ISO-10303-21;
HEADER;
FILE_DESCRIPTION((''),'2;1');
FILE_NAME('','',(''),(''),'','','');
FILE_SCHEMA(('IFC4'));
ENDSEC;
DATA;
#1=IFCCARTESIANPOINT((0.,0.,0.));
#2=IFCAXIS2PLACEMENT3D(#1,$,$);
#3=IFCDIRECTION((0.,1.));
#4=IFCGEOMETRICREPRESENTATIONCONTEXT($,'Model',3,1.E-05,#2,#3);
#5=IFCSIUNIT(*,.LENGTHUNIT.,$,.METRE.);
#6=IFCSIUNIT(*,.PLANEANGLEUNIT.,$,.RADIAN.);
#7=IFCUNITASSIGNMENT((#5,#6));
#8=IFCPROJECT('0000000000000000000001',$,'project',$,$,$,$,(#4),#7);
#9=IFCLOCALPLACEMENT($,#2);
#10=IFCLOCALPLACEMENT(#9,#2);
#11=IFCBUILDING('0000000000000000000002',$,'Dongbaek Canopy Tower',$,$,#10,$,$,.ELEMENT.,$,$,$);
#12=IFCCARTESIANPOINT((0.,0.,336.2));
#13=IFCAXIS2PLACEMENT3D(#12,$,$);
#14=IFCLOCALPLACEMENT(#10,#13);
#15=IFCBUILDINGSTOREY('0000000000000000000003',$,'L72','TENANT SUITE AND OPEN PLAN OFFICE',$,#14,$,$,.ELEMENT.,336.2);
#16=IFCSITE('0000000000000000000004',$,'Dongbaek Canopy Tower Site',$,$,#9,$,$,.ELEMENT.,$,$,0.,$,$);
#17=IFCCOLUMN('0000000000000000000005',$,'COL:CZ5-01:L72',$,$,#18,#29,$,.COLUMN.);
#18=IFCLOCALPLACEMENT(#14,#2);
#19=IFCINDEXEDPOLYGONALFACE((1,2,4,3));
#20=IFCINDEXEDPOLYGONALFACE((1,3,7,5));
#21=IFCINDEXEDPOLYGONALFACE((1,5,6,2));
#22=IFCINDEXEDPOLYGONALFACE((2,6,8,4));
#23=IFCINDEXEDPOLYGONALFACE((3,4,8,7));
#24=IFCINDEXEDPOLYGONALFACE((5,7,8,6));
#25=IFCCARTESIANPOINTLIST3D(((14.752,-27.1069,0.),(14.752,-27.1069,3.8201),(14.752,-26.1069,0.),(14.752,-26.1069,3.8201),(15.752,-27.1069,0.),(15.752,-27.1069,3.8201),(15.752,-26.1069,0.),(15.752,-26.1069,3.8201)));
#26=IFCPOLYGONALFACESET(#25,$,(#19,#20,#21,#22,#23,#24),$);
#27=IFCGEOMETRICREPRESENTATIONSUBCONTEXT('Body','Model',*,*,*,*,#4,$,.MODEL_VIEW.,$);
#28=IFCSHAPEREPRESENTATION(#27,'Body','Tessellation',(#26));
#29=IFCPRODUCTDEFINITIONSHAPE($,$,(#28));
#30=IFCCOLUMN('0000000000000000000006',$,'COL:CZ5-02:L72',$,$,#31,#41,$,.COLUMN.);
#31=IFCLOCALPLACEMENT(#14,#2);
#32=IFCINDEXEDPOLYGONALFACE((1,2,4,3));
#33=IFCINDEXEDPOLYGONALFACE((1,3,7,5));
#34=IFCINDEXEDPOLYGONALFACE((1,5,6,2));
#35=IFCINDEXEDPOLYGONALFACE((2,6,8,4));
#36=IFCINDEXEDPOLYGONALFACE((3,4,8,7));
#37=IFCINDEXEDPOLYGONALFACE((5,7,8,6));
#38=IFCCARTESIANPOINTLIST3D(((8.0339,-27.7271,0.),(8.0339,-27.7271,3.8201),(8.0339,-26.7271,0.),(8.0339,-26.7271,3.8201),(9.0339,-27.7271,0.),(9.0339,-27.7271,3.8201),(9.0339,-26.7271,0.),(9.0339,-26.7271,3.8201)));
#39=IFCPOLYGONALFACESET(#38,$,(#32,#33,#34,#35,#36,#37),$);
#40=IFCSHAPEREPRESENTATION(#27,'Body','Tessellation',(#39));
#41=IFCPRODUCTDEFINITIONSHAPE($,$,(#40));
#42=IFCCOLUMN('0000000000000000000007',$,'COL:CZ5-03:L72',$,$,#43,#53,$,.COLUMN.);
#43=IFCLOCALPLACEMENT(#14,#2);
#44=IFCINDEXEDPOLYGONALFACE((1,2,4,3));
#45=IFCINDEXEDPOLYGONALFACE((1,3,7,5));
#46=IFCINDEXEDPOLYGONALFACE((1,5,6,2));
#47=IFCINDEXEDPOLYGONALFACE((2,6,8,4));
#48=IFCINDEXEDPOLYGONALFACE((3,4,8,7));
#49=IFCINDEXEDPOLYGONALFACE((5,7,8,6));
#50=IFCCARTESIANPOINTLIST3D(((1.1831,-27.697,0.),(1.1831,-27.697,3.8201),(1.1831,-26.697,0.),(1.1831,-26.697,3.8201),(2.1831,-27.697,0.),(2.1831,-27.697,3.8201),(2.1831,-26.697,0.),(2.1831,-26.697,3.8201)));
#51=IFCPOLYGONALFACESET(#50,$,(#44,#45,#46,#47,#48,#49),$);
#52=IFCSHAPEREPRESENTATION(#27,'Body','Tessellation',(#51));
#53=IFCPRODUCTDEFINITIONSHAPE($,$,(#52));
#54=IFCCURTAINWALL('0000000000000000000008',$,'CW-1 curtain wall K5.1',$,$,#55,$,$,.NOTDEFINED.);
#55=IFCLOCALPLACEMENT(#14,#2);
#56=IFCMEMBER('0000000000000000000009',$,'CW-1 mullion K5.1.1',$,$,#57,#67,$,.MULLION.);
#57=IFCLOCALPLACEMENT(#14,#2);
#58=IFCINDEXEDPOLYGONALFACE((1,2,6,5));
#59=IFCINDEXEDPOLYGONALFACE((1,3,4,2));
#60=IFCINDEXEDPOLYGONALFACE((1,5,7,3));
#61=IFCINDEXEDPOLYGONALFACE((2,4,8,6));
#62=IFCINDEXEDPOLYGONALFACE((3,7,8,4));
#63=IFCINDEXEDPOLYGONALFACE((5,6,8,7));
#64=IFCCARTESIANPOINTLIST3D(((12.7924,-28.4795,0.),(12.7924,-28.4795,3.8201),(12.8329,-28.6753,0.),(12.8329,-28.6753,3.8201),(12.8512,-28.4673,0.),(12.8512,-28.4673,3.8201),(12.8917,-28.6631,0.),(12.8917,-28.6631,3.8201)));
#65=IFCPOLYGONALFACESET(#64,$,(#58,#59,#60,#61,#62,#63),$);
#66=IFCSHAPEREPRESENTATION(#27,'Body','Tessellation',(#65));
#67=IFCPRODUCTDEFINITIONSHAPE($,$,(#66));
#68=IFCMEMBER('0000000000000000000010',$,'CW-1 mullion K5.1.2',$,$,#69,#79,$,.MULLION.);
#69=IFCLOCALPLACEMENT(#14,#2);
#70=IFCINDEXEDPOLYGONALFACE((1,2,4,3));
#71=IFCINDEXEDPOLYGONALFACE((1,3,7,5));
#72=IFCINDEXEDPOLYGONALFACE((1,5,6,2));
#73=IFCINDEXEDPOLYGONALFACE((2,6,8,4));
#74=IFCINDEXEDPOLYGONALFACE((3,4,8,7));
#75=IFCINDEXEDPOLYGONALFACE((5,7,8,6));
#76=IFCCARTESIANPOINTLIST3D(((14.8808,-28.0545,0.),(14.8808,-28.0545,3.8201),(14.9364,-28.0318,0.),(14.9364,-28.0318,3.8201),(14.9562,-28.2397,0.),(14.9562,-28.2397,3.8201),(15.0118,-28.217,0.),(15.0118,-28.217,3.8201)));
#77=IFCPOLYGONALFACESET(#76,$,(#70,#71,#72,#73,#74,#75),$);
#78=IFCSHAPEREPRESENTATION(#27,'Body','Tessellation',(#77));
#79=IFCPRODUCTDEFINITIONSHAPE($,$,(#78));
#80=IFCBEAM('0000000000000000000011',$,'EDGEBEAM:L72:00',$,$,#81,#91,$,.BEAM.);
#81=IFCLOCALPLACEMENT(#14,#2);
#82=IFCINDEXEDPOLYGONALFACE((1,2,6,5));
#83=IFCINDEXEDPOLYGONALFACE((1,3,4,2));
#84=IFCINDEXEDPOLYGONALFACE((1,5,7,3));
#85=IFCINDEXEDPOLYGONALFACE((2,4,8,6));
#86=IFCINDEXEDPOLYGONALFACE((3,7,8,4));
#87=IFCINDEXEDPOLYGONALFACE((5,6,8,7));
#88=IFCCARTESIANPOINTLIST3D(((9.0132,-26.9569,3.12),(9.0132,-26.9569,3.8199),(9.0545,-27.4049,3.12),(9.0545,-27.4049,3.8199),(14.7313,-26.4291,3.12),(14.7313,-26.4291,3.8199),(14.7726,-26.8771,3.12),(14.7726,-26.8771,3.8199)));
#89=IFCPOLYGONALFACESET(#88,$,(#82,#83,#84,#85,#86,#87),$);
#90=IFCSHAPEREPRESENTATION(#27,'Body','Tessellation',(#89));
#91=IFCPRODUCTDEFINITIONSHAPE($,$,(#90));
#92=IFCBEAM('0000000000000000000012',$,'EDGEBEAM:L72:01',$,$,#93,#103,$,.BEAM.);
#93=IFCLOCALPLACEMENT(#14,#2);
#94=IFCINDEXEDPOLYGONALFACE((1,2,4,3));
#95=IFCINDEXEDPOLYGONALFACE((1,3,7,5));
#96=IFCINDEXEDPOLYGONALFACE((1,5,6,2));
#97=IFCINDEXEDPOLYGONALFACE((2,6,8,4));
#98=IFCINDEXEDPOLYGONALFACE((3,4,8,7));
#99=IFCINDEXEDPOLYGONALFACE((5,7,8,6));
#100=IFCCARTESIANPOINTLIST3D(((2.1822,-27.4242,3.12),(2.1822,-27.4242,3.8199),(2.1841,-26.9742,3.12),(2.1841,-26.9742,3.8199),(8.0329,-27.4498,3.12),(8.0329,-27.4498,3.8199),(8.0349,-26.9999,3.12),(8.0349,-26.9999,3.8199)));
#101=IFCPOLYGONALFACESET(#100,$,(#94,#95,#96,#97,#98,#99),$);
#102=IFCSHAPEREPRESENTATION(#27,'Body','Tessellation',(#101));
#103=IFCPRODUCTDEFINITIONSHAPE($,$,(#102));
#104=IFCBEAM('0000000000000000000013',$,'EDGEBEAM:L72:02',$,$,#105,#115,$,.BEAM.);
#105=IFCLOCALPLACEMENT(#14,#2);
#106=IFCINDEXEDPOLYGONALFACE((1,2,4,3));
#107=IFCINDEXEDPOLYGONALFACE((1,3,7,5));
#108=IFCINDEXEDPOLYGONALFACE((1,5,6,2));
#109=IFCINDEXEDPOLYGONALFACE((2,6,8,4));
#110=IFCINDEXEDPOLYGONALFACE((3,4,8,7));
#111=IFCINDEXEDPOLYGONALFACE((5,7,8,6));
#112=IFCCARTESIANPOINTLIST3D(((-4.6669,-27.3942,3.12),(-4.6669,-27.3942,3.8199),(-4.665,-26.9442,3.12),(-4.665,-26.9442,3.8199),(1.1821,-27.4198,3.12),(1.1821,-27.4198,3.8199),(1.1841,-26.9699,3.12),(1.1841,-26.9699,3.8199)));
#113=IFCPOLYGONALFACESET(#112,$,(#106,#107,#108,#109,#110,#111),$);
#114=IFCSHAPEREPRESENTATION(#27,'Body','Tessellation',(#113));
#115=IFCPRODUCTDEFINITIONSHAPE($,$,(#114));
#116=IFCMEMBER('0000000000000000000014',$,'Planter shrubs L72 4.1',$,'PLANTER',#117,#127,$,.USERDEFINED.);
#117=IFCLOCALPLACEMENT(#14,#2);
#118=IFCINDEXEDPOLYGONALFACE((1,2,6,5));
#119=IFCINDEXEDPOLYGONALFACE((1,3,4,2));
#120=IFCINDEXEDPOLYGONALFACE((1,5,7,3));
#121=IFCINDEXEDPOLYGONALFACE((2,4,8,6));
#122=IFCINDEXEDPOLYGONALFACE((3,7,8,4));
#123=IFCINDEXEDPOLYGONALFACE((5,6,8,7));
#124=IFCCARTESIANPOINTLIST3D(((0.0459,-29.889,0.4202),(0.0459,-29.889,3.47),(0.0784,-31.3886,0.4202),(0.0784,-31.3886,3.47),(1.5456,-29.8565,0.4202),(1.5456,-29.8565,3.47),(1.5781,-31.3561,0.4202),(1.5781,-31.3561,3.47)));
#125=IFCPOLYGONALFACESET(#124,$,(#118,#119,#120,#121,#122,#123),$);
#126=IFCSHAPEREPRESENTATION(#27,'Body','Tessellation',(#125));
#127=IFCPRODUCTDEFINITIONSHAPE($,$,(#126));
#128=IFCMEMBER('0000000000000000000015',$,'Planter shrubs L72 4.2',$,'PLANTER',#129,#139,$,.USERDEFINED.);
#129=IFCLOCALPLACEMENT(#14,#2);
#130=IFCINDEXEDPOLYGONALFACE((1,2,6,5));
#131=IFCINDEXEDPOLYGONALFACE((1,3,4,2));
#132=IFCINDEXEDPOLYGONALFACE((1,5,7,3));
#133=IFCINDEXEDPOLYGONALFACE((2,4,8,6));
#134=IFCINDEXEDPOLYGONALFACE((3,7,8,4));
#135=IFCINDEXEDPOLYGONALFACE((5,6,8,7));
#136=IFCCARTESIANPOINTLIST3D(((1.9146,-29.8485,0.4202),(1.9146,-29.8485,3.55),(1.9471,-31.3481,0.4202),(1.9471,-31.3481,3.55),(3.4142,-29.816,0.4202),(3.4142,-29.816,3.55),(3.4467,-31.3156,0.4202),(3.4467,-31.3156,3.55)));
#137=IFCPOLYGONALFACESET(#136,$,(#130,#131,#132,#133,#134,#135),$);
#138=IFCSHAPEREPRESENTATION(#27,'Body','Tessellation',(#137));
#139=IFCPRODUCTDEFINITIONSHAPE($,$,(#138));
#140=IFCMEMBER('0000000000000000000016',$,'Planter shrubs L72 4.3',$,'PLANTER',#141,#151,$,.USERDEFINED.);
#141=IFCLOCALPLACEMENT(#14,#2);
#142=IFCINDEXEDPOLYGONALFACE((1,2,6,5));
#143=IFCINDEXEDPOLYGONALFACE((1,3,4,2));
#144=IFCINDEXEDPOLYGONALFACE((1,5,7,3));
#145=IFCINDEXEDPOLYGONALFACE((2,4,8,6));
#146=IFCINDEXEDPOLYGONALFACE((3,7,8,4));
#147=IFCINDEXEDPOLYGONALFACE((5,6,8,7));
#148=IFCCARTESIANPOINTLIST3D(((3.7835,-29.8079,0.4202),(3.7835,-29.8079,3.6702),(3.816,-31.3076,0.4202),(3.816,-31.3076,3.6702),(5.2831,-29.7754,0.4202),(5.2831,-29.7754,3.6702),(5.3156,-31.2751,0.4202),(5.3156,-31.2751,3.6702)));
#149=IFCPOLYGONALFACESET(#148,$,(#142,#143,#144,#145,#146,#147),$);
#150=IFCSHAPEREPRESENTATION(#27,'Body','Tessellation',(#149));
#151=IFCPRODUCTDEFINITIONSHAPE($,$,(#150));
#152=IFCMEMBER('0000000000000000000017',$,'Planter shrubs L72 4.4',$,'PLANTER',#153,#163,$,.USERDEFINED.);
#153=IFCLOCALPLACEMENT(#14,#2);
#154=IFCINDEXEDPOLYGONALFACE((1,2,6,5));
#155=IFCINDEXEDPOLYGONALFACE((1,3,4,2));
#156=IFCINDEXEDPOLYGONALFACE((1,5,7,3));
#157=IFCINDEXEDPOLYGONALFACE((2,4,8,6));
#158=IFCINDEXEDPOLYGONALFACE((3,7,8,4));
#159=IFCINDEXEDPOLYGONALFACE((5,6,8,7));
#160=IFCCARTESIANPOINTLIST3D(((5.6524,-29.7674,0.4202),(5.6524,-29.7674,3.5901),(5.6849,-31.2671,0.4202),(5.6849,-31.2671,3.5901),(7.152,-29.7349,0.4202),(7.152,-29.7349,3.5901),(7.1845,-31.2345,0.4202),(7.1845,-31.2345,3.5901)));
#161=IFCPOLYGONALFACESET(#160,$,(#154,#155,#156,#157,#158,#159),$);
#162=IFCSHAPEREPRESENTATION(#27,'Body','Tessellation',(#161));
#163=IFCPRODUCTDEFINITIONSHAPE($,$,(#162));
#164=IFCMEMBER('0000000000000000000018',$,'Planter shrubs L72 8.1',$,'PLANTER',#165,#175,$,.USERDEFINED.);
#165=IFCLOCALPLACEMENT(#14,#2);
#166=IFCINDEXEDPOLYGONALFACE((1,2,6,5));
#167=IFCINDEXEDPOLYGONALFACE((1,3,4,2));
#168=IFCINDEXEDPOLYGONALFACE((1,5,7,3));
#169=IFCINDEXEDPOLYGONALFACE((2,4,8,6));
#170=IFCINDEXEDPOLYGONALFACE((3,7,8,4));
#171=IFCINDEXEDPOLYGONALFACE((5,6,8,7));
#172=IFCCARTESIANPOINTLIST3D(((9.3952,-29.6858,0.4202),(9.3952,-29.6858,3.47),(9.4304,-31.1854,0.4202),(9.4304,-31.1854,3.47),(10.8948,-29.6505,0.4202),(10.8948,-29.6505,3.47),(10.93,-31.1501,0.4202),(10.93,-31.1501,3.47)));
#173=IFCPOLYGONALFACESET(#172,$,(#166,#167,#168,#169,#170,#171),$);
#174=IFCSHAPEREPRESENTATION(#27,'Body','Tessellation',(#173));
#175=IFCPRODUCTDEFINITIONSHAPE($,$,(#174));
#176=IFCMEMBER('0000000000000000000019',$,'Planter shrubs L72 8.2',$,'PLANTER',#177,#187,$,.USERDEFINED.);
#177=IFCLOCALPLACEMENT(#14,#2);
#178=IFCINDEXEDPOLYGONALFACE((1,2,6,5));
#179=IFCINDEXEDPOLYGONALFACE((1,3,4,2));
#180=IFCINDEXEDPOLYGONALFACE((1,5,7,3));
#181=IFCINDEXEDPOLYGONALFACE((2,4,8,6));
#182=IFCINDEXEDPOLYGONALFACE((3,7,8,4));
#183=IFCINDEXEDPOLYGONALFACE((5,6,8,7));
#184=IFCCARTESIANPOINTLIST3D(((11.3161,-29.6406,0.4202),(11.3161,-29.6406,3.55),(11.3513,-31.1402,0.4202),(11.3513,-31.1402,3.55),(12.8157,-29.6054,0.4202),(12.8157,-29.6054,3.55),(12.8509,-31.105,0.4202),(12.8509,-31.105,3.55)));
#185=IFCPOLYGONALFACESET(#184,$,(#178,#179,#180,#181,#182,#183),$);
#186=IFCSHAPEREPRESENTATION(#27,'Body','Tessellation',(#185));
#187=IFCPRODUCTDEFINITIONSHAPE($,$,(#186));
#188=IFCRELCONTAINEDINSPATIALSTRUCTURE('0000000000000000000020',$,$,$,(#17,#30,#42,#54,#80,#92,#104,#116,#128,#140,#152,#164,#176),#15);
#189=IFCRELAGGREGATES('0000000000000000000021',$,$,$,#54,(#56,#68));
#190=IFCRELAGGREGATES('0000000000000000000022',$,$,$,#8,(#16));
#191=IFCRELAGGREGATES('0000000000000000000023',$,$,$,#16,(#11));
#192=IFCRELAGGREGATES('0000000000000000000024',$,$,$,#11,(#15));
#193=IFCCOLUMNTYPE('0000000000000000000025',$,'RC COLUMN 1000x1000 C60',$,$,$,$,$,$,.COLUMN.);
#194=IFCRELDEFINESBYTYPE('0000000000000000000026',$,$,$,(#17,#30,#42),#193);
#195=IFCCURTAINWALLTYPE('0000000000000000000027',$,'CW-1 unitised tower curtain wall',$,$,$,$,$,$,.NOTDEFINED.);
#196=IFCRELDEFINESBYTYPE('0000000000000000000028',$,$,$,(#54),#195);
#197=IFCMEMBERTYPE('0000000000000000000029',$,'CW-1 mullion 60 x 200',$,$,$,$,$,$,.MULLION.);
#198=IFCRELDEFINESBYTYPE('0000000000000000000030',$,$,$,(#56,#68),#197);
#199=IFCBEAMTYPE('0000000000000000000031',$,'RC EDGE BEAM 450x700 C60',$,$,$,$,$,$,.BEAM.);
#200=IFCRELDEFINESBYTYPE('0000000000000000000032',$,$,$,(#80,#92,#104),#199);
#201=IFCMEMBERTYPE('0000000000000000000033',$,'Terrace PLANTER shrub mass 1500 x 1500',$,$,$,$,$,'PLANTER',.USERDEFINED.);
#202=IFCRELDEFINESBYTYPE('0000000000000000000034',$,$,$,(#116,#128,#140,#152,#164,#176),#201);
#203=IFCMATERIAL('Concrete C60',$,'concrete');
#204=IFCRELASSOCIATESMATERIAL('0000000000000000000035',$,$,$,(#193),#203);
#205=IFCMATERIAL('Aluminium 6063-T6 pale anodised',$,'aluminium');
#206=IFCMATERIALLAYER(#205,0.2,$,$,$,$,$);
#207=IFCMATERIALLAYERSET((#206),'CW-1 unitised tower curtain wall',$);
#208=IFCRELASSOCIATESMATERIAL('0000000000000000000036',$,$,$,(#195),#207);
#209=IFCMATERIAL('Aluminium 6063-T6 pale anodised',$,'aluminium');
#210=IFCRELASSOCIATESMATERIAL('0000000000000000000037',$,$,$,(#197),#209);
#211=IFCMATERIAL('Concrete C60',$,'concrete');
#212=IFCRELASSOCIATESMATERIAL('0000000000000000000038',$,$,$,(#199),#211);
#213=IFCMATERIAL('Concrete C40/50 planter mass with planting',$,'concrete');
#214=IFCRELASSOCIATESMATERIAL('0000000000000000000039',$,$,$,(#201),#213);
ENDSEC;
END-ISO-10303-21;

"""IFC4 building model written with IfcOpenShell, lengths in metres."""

from ifc_helpers import new_model, si_unit, direction, frame, origin, origin_2d, place, context, subcontext, project, spatial, rectangle, extrude, material, layer, layer_set, material_profile, profile_set, type_object, element, aggregate, save


model = new_model("IFC4")

# Units and contexts
model_context = context("Model", 3, precision=1e-05, world=origin(), true_north=direction((0.0, 1.0)))
body_context = subcontext(model_context, "Body", "Model", "MODEL_VIEW")
ifc_project = project(units=[si_unit("LENGTHUNIT", "METRE"), si_unit("PLANEANGLEUNIT", "RADIAN")], contexts=[model_context])

# Site, building, storey
site_placement = place(None, origin())
site = spatial("IfcSite", under=ifc_project, at=site_placement, Name="Dongbaek Canopy Tower Site", CompositionType="ELEMENT", RefElevation=0.0)
building_placement = place(site_placement, origin())
building = spatial("IfcBuilding", under=site, at=building_placement, Name="Dongbaek Canopy Tower", CompositionType="ELEMENT")
storey_placement = place(building_placement, frame((0.0, 0.0, 336.2)))
storey = spatial("IfcBuildingStorey", under=building, at=storey_placement, Name="L72", Description="TENANT SUITE AND OPEN PLAN OFFICE", CompositionType="ELEMENT", Elevation=336.2)

# Columns
ifc_material_1 = material(Name="Concrete C60", Category="concrete")
ifc_material_profile_1 = material_profile(ifc_material_1, rectangle(XDim=1.0, YDim=1.0, at=origin_2d()), Name="RC COLUMN 1000x1000 C60")
ifc_profile_set_1 = profile_set([ifc_material_profile_1], Name="Concrete C60")
column_type = type_object("IfcColumnType", Name="RC COLUMN 1000x1000 C60", PredefinedType="COLUMN", material=ifc_profile_set_1)
for number, where, z_axis, x_axis, name in (
    (1, (15.252, -26.6069, 0.0), (0.0, 0.0, 1.0), (1.0, 0.0, 0.0), "COL:CZ5-01:L72"),
    (2, (8.5339, -27.2271, 0.0), (0.0, 0.0, 1.0), (1.0, 0.0, 0.0), "COL:CZ5-02:L72"),
    (3, (1.6831, -27.197, 0.0), (0.0, 0.0, 1.0), (1.0, 0.0, 0.0), "COL:CZ5-03:L72"),
):
    element("IfcColumn", number, at=place(storey_placement, frame(where, z_axis=z_axis, x_axis=x_axis)), inside=storey, type_object=column_type, Name=name, PredefinedType="COLUMN", context=body_context, shape_type="SweptSolid", body=[
        extrude(rectangle(XDim=1.0, YDim=1.0, at=origin_2d()), origin(), (0.0, 0.0, 1.0), 3.8201),
    ])

# Curtain wall, members
ifc_material_2 = material(Name="Aluminium 6063-T6 pale anodised", Category="aluminium")
ifc_layer_1 = layer(ifc_material_2, 0.2)
ifc_layer_set_1 = layer_set([ifc_layer_1], Name="CW-1 unitised tower curtain wall")
curtain_wall_type = type_object("IfcCurtainWallType", Name="CW-1 unitised tower curtain wall", PredefinedType="NOTDEFINED", material=ifc_layer_set_1)
curtain_wall_placement = place(storey_placement, origin())
curtain_wall = element("IfcCurtainWall", 4, at=curtain_wall_placement, inside=storey, type_object=curtain_wall_type, Name="CW-1 curtain wall K5.1", PredefinedType="NOTDEFINED")
ifc_material_3 = material(Name="Aluminium 6063-T6 pale anodised", Category="aluminium")
ifc_material_profile_2 = material_profile(ifc_material_3, rectangle(XDim=0.2, YDim=0.0601, at=origin_2d()), Name="CW-1 mullion 60 x 200")
ifc_profile_set_2 = profile_set([ifc_material_profile_2], Name="Aluminium 6063-T6 pale anodised")
member_type_1 = type_object("IfcMemberType", Name="CW-1 mullion 60 x 200", PredefinedType="MULLION", material=ifc_profile_set_2)
member_1_placement = place(storey_placement, frame((12.842, -28.5713, 0.0), z_axis=(0.0, 0.0, 1.0), x_axis=(0.202641, -0.979253, 0.0)))
member_1 = element("IfcMember", 5, at=member_1_placement, type_object=member_type_1, Name="CW-1 mullion K5.1.1", PredefinedType="MULLION", context=body_context, shape_type="SweptSolid", body=[
    extrude(rectangle(XDim=0.2, YDim=0.0601, at=origin_2d()), origin(), (0.0, 0.0, 1.0), 3.8201),
])
member_2_placement = place(storey_placement, frame((14.9463, -28.1357, 0.0), z_axis=(0.0, 0.0, 1.0), x_axis=(0.376884, -0.92626, 0.0)))
member_2 = element("IfcMember", 6, at=member_2_placement, type_object=member_type_1, Name="CW-1 mullion K5.1.2", PredefinedType="MULLION", context=body_context, shape_type="SweptSolid", body=[
    extrude(rectangle(XDim=0.2, YDim=0.0601, at=origin_2d()), origin(), (0.0, 0.0, 1.0), 3.8201),
])

# Beams
ifc_material_4 = material(Name="Concrete C60", Category="concrete")
ifc_material_profile_3 = material_profile(ifc_material_4, rectangle(XDim=0.45, YDim=0.7, at=origin_2d()), Name="RC EDGE BEAM 450x700 C60")
ifc_profile_set_3 = profile_set([ifc_material_profile_3], Name="Concrete C60")
beam_type = type_object("IfcBeamType", Name="RC EDGE BEAM 450x700 C60", PredefinedType="BEAM", material=ifc_profile_set_3)
beam_1_placement = place(storey_placement, frame((14.752, -26.6531, 3.47), z_axis=(-0.995766, -0.09192, 0.0), x_axis=(0.09192, -0.995766, 0.0)))
element("IfcBeam", 7, at=beam_1_placement, inside=storey, type_object=beam_type, Name="EDGEBEAM:L72:00", PredefinedType="BEAM", context=body_context, shape_type="SweptSolid", body=[
    extrude(rectangle(XDim=0.45, YDim=0.7, at=origin_2d()), origin(), (0.0, 0.0, 1.0), 5.7424),
])
beam_2_placement = place(storey_placement, frame((8.0339, -27.2249, 3.47), z_axis=(-0.99999, 0.004381, 0.0), x_axis=(-0.004381, -0.99999, 0.0)))
element("IfcBeam", 8, at=beam_2_placement, inside=storey, type_object=beam_type, Name="EDGEBEAM:L72:01", PredefinedType="BEAM", context=body_context, shape_type="SweptSolid", body=[
    extrude(rectangle(XDim=0.45, YDim=0.7, at=origin_2d()), origin(), (0.0, 0.0, 1.0), 5.8508),
])
beam_3_placement = place(storey_placement, frame((1.1831, -27.1948, 3.47), z_axis=(-0.99999, 0.004383, 0.0), x_axis=(-0.004383, -0.99999, 0.0)))
element("IfcBeam", 9, at=beam_3_placement, inside=storey, type_object=beam_type, Name="EDGEBEAM:L72:02", PredefinedType="BEAM", context=body_context, shape_type="SweptSolid", body=[
    extrude(rectangle(XDim=0.45, YDim=0.7, at=origin_2d()), origin(), (0.0, 0.0, 1.0), 5.8491),
])

# Members
ifc_material_5 = material(Name="Concrete C40/50 planter mass with planting", Category="concrete")
ifc_material_profile_4 = material_profile(ifc_material_5, rectangle(XDim=1.5, YDim=1.5, at=origin_2d()), Name="Terrace PLANTER shrub mass 1500 x 1500")
ifc_profile_set_4 = profile_set([ifc_material_profile_4], Name="Concrete C40/50 planter mass with planting")
member_type_2 = type_object("IfcMemberType", Name="Terrace PLANTER shrub mass 1500 x 1500", ElementType="PLANTER", PredefinedType="USERDEFINED", material=ifc_profile_set_4)
member_3_placement = place(storey_placement, frame((0.812, -30.6226, 0.4202), z_axis=(0.0, 0.0, 1.0), x_axis=(0.021676, -0.999765, 0.0)))
element("IfcMember", 10, at=member_3_placement, inside=storey, type_object=member_type_2, Name="Planter shrubs L72 4.1", ObjectType="PLANTER", PredefinedType="USERDEFINED", context=body_context, shape_type="SweptSolid", body=[
    extrude(rectangle(XDim=1.5, YDim=1.5, at=origin_2d()), origin(), (0.0, 0.0, 1.0), 3.0498),
])
member_4_placement = place(storey_placement, frame((2.6807, -30.582, 0.4202), z_axis=(0.0, 0.0, 1.0), x_axis=(0.021676, -0.999765, 0.0)))
element("IfcMember", 11, at=member_4_placement, inside=storey, type_object=member_type_2, Name="Planter shrubs L72 4.2", ObjectType="PLANTER", PredefinedType="USERDEFINED", context=body_context, shape_type="SweptSolid", body=[
    extrude(rectangle(XDim=1.5, YDim=1.5, at=origin_2d()), origin(), (0.0, 0.0, 1.0), 3.1299),
])
member_5_placement = place(storey_placement, frame((4.5496, -30.5415, 0.4202), z_axis=(0.0, 0.0, 1.0), x_axis=(0.021676, -0.999765, 0.0)))
element("IfcMember", 12, at=member_5_placement, inside=storey, type_object=member_type_2, Name="Planter shrubs L72 4.3", ObjectType="PLANTER", PredefinedType="USERDEFINED", context=body_context, shape_type="SweptSolid", body=[
    extrude(rectangle(XDim=1.5, YDim=1.5, at=origin_2d()), origin(), (0.0, 0.0, 1.0), 3.25),
])
member_6_placement = place(storey_placement, frame((6.4185, -30.501, 0.4202), z_axis=(0.0, 0.0, 1.0), x_axis=(0.021676, -0.999765, 0.0)))
element("IfcMember", 13, at=member_6_placement, inside=storey, type_object=member_type_2, Name="Planter shrubs L72 4.4", ObjectType="PLANTER", PredefinedType="USERDEFINED", context=body_context, shape_type="SweptSolid", body=[
    extrude(rectangle(XDim=1.5, YDim=1.5, at=origin_2d()), origin(), (0.0, 0.0, 1.0), 3.1699),
])
member_7_placement = place(storey_placement, frame((10.1626, -30.418, 0.4202), z_axis=(0.0, 0.0, 1.0), x_axis=(0.023503, -0.999724, 0.0)))
element("IfcMember", 14, at=member_7_placement, inside=storey, type_object=member_type_2, Name="Planter shrubs L72 8.1", ObjectType="PLANTER", PredefinedType="USERDEFINED", context=body_context, shape_type="SweptSolid", body=[
    extrude(rectangle(XDim=1.5, YDim=1.5, at=origin_2d()), origin(), (0.0, 0.0, 1.0), 3.0498),
])
member_8_placement = place(storey_placement, frame((12.0835, -30.3728, 0.4202), z_axis=(0.0, 0.0, 1.0), x_axis=(0.023503, -0.999724, 0.0)))
element("IfcMember", 15, at=member_8_placement, inside=storey, type_object=member_type_2, Name="Planter shrubs L72 8.2", ObjectType="PLANTER", PredefinedType="USERDEFINED", context=body_context, shape_type="SweptSolid", body=[
    extrude(rectangle(XDim=1.5, YDim=1.5, at=origin_2d()), origin(), (0.0, 0.0, 1.0), 3.1299),
])

aggregate(curtain_wall, [member_1, member_2])

save(model, "model.ifc")
